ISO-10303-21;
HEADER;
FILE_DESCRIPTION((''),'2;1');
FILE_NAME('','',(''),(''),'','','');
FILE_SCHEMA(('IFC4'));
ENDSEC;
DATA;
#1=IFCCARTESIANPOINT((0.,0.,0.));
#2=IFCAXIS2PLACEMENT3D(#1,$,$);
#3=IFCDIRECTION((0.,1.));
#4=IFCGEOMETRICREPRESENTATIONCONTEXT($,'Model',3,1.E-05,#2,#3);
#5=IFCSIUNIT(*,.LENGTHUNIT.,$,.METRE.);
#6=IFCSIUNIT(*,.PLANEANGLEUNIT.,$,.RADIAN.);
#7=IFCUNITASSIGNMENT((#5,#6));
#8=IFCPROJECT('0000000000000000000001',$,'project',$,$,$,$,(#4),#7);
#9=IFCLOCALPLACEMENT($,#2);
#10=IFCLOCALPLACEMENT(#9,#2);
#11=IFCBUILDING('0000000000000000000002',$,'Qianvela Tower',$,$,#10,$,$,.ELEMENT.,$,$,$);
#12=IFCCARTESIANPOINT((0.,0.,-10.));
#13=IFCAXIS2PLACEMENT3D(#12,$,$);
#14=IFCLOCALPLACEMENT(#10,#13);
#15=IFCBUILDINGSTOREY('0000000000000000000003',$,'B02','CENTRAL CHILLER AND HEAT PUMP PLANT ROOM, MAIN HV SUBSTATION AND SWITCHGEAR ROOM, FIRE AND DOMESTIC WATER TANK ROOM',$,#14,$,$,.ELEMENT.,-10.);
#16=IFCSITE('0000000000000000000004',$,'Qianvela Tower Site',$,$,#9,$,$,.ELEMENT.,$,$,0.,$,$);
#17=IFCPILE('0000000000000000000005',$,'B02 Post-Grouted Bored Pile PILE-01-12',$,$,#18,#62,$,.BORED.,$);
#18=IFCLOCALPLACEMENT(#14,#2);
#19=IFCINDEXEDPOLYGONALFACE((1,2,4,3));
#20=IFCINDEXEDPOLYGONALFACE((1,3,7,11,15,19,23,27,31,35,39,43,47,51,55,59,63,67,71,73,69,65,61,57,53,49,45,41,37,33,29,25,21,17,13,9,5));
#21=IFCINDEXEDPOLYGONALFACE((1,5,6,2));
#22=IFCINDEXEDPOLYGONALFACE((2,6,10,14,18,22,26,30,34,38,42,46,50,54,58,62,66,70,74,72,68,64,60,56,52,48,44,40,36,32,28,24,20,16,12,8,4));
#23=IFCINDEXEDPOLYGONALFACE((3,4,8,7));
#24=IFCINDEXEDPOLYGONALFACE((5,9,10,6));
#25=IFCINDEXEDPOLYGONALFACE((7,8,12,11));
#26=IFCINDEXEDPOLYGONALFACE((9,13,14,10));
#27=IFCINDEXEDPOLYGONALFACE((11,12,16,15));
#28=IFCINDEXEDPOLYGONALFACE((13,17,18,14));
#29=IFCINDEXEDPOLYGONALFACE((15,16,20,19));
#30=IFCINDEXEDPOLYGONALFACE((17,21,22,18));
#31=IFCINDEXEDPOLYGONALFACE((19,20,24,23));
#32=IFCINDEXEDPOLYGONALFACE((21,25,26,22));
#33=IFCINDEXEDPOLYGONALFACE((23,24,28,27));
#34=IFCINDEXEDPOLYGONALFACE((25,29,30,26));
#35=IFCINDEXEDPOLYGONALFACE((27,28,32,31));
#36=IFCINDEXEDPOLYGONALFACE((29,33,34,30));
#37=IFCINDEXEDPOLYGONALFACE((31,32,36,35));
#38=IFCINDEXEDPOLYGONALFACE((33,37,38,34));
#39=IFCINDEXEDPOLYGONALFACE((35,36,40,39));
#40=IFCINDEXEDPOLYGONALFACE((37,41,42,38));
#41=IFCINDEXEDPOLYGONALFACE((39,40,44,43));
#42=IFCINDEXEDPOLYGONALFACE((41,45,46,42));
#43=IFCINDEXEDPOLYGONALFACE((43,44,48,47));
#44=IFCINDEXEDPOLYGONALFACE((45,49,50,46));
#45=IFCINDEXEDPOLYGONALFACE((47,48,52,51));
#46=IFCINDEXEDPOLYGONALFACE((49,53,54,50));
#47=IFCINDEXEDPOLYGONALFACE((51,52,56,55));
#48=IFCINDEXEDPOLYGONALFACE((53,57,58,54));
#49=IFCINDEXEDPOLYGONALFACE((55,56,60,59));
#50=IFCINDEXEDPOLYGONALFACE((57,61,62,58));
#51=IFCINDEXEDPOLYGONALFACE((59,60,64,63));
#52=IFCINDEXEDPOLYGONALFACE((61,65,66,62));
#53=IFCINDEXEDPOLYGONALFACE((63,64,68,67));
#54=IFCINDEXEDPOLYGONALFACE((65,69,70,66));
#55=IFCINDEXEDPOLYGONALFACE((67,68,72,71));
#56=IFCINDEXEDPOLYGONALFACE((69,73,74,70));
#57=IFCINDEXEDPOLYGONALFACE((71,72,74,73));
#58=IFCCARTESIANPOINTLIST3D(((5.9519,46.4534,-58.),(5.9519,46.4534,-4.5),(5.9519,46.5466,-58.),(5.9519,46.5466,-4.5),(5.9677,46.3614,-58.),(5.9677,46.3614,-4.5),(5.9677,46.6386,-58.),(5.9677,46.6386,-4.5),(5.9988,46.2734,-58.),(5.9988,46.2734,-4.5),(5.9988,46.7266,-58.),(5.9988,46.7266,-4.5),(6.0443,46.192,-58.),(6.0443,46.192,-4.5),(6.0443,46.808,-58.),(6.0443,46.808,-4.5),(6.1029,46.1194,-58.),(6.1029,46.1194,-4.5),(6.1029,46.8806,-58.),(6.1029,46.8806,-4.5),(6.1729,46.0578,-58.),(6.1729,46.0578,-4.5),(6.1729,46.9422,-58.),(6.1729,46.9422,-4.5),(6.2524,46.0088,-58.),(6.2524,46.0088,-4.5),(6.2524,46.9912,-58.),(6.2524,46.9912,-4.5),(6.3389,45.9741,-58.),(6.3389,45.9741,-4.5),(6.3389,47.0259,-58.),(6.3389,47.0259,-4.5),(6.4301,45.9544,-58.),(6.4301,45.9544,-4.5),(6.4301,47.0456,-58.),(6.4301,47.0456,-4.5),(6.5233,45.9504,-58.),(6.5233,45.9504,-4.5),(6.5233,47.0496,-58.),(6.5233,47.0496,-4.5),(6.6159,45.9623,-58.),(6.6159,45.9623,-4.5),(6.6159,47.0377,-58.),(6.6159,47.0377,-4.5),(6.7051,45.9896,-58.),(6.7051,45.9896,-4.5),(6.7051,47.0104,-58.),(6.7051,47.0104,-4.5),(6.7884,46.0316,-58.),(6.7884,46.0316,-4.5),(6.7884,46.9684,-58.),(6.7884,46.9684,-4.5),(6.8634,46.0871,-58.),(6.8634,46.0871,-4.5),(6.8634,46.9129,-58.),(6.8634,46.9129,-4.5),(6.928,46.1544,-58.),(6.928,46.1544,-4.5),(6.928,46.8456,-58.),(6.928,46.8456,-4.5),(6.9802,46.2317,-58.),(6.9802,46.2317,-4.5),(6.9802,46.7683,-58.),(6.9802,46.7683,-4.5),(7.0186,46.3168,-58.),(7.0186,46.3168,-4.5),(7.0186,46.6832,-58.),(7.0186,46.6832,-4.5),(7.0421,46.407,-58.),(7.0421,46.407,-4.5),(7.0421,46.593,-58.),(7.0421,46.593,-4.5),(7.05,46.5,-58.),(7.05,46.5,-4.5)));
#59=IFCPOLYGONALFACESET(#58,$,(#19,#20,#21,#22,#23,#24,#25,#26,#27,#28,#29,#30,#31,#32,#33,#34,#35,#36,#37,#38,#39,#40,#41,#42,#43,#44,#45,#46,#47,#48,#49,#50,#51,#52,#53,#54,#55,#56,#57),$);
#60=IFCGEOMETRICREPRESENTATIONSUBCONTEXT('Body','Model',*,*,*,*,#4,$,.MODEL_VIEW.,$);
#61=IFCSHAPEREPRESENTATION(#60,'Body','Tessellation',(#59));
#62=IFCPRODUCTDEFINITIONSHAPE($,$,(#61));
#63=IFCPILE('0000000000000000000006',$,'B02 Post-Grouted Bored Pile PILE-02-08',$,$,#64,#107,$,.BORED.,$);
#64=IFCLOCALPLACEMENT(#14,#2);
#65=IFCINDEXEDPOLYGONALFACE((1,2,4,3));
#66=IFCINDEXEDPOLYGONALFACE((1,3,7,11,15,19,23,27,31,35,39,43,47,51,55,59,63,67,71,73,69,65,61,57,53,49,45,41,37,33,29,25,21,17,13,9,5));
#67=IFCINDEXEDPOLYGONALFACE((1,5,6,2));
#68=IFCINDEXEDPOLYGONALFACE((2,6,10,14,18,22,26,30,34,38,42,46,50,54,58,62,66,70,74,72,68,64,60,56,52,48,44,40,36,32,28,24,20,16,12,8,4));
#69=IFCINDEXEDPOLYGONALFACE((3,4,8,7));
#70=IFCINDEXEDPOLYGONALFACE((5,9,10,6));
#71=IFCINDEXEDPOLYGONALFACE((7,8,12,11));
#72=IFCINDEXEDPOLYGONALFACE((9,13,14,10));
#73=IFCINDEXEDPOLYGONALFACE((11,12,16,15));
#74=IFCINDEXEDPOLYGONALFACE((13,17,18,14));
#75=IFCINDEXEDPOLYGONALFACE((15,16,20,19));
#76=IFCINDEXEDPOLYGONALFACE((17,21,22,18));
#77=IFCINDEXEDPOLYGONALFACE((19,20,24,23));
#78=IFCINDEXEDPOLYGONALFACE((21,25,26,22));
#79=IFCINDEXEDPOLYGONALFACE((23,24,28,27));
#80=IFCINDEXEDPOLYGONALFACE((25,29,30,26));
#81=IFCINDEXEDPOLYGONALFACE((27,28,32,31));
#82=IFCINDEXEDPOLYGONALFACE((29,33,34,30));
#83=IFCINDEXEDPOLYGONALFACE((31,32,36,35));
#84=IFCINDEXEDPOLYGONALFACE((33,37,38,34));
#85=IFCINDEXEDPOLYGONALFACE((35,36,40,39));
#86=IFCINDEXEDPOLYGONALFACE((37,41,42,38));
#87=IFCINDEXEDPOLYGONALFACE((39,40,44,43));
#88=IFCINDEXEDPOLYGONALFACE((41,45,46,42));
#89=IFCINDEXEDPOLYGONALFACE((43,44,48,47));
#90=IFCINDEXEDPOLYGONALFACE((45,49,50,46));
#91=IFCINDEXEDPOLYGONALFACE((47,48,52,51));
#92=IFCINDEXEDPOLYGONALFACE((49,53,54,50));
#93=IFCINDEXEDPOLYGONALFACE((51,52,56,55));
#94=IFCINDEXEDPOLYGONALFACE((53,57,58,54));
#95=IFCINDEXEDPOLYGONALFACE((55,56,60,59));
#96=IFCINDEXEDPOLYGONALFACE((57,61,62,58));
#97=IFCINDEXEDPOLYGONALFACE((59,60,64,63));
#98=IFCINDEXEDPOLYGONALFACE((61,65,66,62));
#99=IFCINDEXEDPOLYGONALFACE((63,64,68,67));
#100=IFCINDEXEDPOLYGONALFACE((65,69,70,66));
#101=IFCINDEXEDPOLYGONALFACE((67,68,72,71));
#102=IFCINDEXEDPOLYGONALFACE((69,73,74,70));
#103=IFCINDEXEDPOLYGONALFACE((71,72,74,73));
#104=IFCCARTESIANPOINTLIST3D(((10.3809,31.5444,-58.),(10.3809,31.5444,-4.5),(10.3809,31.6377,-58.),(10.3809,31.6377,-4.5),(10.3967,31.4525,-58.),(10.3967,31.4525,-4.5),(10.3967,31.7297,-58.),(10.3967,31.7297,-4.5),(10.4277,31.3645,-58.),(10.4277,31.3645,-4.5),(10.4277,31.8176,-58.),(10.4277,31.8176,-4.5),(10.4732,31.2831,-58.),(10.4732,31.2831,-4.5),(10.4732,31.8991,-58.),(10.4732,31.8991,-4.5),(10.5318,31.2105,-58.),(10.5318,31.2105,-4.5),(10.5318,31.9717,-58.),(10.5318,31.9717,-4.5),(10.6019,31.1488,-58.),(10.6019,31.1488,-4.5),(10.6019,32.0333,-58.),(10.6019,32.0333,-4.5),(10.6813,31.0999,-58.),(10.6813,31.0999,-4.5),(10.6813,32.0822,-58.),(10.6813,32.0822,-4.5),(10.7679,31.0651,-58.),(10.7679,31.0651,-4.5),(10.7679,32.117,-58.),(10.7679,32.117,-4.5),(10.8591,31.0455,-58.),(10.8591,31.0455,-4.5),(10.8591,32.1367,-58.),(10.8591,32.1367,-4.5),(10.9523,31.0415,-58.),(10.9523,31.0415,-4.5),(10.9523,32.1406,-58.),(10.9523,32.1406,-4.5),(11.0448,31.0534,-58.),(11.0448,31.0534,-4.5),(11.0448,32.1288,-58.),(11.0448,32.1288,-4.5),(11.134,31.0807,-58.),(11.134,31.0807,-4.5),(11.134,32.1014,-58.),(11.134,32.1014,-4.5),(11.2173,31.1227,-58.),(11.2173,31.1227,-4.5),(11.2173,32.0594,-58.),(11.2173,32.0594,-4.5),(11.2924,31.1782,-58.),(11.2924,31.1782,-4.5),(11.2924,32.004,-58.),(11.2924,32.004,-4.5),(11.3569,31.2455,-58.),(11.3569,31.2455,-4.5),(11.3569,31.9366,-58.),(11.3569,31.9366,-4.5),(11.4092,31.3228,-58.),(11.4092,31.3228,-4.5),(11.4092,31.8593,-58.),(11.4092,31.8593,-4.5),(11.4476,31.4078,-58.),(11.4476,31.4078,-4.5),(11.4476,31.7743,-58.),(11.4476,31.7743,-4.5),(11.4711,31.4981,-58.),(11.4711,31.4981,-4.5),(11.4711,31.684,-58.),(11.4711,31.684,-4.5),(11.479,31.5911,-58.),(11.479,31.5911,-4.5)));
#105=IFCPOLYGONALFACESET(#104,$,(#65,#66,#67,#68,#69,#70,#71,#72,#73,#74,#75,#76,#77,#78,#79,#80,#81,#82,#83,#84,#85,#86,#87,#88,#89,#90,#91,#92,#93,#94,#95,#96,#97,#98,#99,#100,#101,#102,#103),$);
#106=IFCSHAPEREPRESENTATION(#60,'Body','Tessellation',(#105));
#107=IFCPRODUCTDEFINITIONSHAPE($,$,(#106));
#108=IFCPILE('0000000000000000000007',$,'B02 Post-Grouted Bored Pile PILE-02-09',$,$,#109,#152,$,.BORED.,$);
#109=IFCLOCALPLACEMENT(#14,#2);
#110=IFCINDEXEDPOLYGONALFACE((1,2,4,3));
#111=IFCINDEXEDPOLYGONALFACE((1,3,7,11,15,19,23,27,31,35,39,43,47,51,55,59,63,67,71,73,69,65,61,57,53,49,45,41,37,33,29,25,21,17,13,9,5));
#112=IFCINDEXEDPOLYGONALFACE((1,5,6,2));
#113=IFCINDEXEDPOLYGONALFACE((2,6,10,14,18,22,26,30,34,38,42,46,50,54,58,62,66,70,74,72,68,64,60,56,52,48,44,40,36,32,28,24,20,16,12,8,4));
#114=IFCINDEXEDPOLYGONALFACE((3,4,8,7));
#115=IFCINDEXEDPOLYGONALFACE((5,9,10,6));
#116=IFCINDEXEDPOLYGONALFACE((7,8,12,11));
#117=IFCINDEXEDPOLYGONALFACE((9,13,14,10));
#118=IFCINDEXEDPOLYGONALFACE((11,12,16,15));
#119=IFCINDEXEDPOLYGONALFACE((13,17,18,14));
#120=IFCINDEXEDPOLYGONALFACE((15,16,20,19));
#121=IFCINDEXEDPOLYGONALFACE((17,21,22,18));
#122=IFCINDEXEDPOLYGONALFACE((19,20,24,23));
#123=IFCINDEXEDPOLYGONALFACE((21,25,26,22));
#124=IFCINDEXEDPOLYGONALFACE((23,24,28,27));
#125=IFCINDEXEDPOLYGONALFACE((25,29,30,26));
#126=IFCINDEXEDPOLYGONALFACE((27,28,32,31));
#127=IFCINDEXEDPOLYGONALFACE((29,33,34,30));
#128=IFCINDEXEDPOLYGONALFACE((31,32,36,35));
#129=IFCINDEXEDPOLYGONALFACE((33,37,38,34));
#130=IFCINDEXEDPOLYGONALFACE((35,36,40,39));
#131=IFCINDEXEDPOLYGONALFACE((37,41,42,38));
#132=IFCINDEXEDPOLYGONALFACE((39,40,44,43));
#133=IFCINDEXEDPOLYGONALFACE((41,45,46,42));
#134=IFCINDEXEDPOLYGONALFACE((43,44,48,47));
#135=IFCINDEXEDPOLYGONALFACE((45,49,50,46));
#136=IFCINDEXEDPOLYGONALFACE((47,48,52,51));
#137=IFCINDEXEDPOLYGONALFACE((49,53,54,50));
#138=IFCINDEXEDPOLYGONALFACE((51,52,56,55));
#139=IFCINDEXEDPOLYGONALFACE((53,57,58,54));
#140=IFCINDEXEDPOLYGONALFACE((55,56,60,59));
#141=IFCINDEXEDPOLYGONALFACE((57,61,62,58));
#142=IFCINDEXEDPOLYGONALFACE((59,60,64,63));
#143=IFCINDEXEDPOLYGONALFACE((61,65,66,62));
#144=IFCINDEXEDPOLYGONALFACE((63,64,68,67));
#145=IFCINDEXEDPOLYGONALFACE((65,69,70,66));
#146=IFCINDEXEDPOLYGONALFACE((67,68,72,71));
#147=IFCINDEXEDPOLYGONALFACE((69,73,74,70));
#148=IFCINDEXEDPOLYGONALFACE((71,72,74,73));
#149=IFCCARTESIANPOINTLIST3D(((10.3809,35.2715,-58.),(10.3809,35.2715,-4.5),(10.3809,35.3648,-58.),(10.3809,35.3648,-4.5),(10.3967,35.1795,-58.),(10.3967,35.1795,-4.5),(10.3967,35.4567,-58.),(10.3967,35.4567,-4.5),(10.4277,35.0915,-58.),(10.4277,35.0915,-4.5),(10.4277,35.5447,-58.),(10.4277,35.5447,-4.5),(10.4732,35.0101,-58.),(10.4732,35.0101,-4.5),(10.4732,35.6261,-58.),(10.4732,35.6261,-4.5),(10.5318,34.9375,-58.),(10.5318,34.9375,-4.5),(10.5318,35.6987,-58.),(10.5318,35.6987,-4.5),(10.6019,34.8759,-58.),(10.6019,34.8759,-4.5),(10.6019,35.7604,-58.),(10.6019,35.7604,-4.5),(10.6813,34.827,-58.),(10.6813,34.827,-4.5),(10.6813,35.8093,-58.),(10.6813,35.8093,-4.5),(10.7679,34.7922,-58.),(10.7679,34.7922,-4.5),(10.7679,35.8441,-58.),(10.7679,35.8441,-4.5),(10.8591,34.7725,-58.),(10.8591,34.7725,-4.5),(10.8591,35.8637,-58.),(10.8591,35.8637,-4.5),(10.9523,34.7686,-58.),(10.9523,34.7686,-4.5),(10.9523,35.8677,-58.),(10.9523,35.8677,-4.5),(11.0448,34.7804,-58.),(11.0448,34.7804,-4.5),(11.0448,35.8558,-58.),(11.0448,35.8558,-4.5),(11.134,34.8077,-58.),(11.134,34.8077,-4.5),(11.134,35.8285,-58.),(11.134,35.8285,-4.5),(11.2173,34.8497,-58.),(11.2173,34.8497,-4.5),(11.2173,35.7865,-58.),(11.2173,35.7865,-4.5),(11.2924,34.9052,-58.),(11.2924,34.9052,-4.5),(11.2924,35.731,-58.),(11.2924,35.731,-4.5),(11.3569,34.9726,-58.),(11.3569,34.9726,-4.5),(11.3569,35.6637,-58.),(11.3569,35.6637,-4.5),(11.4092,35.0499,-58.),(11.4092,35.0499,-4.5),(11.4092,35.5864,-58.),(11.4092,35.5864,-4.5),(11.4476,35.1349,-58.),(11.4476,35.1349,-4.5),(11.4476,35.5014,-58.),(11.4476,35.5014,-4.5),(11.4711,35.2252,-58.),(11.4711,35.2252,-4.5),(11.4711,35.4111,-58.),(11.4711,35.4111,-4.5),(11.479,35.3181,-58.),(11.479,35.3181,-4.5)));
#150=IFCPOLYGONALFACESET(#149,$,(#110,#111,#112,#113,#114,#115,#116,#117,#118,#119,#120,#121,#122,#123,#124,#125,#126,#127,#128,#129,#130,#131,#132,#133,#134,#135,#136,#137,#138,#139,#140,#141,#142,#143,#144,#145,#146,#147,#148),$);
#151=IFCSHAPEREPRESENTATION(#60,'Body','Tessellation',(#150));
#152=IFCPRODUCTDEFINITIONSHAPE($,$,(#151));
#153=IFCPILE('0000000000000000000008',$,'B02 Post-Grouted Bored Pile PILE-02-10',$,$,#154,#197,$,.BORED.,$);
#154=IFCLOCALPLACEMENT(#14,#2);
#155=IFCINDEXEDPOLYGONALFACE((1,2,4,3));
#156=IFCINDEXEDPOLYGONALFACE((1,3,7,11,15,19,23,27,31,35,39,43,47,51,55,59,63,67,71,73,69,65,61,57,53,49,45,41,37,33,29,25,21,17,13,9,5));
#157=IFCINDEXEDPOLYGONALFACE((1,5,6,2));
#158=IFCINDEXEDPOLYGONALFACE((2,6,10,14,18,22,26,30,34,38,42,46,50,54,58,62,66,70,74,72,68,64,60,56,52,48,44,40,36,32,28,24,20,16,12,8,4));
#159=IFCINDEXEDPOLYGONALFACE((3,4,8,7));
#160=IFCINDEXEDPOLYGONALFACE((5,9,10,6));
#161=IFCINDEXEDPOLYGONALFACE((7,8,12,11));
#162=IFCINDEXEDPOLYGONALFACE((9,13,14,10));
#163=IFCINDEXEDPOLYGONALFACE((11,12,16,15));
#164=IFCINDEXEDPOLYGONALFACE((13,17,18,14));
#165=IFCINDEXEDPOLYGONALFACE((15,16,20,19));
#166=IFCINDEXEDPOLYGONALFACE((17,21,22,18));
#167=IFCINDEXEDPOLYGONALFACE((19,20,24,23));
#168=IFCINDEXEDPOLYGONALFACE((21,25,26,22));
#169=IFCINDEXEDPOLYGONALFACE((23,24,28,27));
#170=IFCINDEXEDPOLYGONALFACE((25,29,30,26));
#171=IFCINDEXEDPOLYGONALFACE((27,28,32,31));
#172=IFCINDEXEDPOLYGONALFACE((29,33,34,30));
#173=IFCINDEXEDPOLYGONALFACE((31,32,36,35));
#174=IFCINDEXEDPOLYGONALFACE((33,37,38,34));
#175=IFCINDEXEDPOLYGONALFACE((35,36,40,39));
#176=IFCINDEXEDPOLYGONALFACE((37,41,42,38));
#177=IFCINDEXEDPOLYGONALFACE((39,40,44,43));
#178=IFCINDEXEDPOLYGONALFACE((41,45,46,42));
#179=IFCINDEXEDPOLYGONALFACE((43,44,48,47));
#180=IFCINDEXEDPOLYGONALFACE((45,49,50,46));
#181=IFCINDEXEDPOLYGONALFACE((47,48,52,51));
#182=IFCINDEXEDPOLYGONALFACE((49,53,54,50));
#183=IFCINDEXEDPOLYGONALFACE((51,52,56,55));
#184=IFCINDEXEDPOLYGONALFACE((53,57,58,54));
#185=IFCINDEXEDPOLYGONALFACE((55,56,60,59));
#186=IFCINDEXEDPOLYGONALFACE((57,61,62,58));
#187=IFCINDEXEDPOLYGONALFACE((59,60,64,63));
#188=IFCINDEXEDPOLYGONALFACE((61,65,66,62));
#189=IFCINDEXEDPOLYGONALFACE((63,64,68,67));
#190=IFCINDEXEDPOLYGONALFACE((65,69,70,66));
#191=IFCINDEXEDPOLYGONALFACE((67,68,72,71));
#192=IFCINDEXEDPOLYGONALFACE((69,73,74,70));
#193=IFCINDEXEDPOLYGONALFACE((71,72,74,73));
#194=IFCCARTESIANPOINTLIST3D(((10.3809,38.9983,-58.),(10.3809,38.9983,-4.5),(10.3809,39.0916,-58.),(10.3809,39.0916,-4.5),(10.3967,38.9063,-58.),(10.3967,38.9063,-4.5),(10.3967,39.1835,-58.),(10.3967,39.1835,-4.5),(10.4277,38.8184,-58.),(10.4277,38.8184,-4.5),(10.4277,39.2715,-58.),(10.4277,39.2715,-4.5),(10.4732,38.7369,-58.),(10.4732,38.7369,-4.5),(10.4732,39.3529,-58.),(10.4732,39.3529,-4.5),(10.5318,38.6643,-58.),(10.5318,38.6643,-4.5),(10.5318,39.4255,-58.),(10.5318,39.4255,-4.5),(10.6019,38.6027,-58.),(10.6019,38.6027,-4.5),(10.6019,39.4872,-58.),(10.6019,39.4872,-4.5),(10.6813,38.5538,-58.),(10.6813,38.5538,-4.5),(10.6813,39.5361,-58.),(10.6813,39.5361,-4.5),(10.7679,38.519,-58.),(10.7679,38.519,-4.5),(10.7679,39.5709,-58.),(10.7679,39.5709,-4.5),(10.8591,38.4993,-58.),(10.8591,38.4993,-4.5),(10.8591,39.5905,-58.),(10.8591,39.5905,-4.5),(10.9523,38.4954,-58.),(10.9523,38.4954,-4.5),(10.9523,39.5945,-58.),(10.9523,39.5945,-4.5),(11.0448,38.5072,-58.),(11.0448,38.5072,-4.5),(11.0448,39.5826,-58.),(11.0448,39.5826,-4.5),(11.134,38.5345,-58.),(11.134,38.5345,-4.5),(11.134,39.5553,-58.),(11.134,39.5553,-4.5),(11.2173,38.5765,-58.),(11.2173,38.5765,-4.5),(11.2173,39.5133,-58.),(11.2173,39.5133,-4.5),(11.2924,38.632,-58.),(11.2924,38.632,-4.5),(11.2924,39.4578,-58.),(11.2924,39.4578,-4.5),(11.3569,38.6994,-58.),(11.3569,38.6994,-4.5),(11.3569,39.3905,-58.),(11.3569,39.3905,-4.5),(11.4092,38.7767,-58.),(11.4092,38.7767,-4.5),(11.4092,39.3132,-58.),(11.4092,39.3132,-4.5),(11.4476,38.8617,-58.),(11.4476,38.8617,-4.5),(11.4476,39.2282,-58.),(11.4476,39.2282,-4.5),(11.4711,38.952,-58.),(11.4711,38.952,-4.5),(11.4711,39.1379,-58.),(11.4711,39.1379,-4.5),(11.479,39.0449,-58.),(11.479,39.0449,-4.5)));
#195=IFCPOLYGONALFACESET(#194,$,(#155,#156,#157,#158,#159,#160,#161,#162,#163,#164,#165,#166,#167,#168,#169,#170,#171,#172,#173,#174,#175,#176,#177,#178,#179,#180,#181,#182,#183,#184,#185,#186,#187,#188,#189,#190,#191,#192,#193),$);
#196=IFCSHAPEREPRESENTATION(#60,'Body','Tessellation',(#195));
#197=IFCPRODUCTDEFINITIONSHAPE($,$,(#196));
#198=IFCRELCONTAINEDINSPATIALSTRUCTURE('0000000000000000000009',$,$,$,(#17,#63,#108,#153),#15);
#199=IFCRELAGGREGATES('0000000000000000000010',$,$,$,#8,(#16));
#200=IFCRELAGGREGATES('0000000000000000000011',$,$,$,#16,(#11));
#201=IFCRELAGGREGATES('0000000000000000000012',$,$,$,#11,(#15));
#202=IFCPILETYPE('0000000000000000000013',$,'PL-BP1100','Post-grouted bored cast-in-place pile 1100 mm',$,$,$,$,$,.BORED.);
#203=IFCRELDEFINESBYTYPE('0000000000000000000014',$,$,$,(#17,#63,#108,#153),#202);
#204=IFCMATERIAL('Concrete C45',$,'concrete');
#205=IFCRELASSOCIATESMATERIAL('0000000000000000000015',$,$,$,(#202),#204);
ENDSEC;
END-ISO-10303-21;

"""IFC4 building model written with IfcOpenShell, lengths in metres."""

from ifc_helpers import new_model, si_unit, direction, frame, origin, origin_2d, place, context, subcontext, project, spatial, circle, extrude, material, material_profile, profile_set, type_object, element, save


model = new_model("IFC4")

# Units and contexts
model_context = context("Model", 3, precision=1e-05, world=origin(), true_north=direction((0.0, 1.0)))
body_context = subcontext(model_context, "Body", "Model", "MODEL_VIEW")
ifc_project = project(units=[si_unit("LENGTHUNIT", "METRE"), si_unit("PLANEANGLEUNIT", "RADIAN")], contexts=[model_context])

# Site, building, storey
site_placement = place(None, origin())
site = spatial("IfcSite", under=ifc_project, at=site_placement, Name="Qianvela Tower Site", CompositionType="ELEMENT", RefElevation=0.0)
building_placement = place(site_placement, origin())
building = spatial("IfcBuilding", under=site, at=building_placement, Name="Qianvela Tower", CompositionType="ELEMENT")
storey_placement = place(building_placement, frame((0.0, 0.0, -10.0)))
storey = spatial("IfcBuildingStorey", under=building, at=storey_placement, Name="B02", Description="CENTRAL CHILLER AND HEAT PUMP PLANT ROOM, MAIN HV SUBSTATION AND SWITCHGEAR ROOM, FIRE AND DOMESTIC WATER TANK ROOM", CompositionType="ELEMENT", Elevation=-10.0)

# Piles
ifc_material_1 = material(Name="Concrete C45", Category="concrete")
ifc_material_profile_1 = material_profile(ifc_material_1, circle(Radius=0.55, at=origin_2d()), Name="BP-1100")
ifc_profile_set_1 = profile_set([ifc_material_profile_1], Name="Concrete C45")
pile_type = type_object("IfcPileType", Name="PL-BP1100", Description="Post-grouted bored cast-in-place pile 1100 mm", PredefinedType="BORED", material=ifc_profile_set_1)
for number, where, z_axis, x_axis, name in (
    (1, (6.5, 46.5, -4.5), (0.0, 0.0, -1.0), (1.0, 0.0, 0.0), "B02 Post-Grouted Bored Pile PILE-01-12"),
    (2, (10.929, 31.5911, -4.5), (0.0, 0.0, -1.0), (1.0, 0.0, 0.0), "B02 Post-Grouted Bored Pile PILE-02-08"),
    (3, (10.929, 35.3181, -4.5), (0.0, 0.0, -1.0), (1.0, 0.0, 0.0), "B02 Post-Grouted Bored Pile PILE-02-09"),
    (4, (10.929, 39.0449, -4.5), (0.0, 0.0, -1.0), (1.0, 0.0, 0.0), "B02 Post-Grouted Bored Pile PILE-02-10"),
):
    element("IfcPile", number, at=place(storey_placement, frame(where, z_axis=z_axis, x_axis=x_axis)), inside=storey, type_object=pile_type, Name=name, PredefinedType="BORED", context=body_context, shape_type="SweptSolid", body=[
        extrude(circle(Radius=0.55, at=origin_2d()), origin(), (0.0, 0.0, 1.0), 53.5),
    ])

save(model, "model.ifc")
